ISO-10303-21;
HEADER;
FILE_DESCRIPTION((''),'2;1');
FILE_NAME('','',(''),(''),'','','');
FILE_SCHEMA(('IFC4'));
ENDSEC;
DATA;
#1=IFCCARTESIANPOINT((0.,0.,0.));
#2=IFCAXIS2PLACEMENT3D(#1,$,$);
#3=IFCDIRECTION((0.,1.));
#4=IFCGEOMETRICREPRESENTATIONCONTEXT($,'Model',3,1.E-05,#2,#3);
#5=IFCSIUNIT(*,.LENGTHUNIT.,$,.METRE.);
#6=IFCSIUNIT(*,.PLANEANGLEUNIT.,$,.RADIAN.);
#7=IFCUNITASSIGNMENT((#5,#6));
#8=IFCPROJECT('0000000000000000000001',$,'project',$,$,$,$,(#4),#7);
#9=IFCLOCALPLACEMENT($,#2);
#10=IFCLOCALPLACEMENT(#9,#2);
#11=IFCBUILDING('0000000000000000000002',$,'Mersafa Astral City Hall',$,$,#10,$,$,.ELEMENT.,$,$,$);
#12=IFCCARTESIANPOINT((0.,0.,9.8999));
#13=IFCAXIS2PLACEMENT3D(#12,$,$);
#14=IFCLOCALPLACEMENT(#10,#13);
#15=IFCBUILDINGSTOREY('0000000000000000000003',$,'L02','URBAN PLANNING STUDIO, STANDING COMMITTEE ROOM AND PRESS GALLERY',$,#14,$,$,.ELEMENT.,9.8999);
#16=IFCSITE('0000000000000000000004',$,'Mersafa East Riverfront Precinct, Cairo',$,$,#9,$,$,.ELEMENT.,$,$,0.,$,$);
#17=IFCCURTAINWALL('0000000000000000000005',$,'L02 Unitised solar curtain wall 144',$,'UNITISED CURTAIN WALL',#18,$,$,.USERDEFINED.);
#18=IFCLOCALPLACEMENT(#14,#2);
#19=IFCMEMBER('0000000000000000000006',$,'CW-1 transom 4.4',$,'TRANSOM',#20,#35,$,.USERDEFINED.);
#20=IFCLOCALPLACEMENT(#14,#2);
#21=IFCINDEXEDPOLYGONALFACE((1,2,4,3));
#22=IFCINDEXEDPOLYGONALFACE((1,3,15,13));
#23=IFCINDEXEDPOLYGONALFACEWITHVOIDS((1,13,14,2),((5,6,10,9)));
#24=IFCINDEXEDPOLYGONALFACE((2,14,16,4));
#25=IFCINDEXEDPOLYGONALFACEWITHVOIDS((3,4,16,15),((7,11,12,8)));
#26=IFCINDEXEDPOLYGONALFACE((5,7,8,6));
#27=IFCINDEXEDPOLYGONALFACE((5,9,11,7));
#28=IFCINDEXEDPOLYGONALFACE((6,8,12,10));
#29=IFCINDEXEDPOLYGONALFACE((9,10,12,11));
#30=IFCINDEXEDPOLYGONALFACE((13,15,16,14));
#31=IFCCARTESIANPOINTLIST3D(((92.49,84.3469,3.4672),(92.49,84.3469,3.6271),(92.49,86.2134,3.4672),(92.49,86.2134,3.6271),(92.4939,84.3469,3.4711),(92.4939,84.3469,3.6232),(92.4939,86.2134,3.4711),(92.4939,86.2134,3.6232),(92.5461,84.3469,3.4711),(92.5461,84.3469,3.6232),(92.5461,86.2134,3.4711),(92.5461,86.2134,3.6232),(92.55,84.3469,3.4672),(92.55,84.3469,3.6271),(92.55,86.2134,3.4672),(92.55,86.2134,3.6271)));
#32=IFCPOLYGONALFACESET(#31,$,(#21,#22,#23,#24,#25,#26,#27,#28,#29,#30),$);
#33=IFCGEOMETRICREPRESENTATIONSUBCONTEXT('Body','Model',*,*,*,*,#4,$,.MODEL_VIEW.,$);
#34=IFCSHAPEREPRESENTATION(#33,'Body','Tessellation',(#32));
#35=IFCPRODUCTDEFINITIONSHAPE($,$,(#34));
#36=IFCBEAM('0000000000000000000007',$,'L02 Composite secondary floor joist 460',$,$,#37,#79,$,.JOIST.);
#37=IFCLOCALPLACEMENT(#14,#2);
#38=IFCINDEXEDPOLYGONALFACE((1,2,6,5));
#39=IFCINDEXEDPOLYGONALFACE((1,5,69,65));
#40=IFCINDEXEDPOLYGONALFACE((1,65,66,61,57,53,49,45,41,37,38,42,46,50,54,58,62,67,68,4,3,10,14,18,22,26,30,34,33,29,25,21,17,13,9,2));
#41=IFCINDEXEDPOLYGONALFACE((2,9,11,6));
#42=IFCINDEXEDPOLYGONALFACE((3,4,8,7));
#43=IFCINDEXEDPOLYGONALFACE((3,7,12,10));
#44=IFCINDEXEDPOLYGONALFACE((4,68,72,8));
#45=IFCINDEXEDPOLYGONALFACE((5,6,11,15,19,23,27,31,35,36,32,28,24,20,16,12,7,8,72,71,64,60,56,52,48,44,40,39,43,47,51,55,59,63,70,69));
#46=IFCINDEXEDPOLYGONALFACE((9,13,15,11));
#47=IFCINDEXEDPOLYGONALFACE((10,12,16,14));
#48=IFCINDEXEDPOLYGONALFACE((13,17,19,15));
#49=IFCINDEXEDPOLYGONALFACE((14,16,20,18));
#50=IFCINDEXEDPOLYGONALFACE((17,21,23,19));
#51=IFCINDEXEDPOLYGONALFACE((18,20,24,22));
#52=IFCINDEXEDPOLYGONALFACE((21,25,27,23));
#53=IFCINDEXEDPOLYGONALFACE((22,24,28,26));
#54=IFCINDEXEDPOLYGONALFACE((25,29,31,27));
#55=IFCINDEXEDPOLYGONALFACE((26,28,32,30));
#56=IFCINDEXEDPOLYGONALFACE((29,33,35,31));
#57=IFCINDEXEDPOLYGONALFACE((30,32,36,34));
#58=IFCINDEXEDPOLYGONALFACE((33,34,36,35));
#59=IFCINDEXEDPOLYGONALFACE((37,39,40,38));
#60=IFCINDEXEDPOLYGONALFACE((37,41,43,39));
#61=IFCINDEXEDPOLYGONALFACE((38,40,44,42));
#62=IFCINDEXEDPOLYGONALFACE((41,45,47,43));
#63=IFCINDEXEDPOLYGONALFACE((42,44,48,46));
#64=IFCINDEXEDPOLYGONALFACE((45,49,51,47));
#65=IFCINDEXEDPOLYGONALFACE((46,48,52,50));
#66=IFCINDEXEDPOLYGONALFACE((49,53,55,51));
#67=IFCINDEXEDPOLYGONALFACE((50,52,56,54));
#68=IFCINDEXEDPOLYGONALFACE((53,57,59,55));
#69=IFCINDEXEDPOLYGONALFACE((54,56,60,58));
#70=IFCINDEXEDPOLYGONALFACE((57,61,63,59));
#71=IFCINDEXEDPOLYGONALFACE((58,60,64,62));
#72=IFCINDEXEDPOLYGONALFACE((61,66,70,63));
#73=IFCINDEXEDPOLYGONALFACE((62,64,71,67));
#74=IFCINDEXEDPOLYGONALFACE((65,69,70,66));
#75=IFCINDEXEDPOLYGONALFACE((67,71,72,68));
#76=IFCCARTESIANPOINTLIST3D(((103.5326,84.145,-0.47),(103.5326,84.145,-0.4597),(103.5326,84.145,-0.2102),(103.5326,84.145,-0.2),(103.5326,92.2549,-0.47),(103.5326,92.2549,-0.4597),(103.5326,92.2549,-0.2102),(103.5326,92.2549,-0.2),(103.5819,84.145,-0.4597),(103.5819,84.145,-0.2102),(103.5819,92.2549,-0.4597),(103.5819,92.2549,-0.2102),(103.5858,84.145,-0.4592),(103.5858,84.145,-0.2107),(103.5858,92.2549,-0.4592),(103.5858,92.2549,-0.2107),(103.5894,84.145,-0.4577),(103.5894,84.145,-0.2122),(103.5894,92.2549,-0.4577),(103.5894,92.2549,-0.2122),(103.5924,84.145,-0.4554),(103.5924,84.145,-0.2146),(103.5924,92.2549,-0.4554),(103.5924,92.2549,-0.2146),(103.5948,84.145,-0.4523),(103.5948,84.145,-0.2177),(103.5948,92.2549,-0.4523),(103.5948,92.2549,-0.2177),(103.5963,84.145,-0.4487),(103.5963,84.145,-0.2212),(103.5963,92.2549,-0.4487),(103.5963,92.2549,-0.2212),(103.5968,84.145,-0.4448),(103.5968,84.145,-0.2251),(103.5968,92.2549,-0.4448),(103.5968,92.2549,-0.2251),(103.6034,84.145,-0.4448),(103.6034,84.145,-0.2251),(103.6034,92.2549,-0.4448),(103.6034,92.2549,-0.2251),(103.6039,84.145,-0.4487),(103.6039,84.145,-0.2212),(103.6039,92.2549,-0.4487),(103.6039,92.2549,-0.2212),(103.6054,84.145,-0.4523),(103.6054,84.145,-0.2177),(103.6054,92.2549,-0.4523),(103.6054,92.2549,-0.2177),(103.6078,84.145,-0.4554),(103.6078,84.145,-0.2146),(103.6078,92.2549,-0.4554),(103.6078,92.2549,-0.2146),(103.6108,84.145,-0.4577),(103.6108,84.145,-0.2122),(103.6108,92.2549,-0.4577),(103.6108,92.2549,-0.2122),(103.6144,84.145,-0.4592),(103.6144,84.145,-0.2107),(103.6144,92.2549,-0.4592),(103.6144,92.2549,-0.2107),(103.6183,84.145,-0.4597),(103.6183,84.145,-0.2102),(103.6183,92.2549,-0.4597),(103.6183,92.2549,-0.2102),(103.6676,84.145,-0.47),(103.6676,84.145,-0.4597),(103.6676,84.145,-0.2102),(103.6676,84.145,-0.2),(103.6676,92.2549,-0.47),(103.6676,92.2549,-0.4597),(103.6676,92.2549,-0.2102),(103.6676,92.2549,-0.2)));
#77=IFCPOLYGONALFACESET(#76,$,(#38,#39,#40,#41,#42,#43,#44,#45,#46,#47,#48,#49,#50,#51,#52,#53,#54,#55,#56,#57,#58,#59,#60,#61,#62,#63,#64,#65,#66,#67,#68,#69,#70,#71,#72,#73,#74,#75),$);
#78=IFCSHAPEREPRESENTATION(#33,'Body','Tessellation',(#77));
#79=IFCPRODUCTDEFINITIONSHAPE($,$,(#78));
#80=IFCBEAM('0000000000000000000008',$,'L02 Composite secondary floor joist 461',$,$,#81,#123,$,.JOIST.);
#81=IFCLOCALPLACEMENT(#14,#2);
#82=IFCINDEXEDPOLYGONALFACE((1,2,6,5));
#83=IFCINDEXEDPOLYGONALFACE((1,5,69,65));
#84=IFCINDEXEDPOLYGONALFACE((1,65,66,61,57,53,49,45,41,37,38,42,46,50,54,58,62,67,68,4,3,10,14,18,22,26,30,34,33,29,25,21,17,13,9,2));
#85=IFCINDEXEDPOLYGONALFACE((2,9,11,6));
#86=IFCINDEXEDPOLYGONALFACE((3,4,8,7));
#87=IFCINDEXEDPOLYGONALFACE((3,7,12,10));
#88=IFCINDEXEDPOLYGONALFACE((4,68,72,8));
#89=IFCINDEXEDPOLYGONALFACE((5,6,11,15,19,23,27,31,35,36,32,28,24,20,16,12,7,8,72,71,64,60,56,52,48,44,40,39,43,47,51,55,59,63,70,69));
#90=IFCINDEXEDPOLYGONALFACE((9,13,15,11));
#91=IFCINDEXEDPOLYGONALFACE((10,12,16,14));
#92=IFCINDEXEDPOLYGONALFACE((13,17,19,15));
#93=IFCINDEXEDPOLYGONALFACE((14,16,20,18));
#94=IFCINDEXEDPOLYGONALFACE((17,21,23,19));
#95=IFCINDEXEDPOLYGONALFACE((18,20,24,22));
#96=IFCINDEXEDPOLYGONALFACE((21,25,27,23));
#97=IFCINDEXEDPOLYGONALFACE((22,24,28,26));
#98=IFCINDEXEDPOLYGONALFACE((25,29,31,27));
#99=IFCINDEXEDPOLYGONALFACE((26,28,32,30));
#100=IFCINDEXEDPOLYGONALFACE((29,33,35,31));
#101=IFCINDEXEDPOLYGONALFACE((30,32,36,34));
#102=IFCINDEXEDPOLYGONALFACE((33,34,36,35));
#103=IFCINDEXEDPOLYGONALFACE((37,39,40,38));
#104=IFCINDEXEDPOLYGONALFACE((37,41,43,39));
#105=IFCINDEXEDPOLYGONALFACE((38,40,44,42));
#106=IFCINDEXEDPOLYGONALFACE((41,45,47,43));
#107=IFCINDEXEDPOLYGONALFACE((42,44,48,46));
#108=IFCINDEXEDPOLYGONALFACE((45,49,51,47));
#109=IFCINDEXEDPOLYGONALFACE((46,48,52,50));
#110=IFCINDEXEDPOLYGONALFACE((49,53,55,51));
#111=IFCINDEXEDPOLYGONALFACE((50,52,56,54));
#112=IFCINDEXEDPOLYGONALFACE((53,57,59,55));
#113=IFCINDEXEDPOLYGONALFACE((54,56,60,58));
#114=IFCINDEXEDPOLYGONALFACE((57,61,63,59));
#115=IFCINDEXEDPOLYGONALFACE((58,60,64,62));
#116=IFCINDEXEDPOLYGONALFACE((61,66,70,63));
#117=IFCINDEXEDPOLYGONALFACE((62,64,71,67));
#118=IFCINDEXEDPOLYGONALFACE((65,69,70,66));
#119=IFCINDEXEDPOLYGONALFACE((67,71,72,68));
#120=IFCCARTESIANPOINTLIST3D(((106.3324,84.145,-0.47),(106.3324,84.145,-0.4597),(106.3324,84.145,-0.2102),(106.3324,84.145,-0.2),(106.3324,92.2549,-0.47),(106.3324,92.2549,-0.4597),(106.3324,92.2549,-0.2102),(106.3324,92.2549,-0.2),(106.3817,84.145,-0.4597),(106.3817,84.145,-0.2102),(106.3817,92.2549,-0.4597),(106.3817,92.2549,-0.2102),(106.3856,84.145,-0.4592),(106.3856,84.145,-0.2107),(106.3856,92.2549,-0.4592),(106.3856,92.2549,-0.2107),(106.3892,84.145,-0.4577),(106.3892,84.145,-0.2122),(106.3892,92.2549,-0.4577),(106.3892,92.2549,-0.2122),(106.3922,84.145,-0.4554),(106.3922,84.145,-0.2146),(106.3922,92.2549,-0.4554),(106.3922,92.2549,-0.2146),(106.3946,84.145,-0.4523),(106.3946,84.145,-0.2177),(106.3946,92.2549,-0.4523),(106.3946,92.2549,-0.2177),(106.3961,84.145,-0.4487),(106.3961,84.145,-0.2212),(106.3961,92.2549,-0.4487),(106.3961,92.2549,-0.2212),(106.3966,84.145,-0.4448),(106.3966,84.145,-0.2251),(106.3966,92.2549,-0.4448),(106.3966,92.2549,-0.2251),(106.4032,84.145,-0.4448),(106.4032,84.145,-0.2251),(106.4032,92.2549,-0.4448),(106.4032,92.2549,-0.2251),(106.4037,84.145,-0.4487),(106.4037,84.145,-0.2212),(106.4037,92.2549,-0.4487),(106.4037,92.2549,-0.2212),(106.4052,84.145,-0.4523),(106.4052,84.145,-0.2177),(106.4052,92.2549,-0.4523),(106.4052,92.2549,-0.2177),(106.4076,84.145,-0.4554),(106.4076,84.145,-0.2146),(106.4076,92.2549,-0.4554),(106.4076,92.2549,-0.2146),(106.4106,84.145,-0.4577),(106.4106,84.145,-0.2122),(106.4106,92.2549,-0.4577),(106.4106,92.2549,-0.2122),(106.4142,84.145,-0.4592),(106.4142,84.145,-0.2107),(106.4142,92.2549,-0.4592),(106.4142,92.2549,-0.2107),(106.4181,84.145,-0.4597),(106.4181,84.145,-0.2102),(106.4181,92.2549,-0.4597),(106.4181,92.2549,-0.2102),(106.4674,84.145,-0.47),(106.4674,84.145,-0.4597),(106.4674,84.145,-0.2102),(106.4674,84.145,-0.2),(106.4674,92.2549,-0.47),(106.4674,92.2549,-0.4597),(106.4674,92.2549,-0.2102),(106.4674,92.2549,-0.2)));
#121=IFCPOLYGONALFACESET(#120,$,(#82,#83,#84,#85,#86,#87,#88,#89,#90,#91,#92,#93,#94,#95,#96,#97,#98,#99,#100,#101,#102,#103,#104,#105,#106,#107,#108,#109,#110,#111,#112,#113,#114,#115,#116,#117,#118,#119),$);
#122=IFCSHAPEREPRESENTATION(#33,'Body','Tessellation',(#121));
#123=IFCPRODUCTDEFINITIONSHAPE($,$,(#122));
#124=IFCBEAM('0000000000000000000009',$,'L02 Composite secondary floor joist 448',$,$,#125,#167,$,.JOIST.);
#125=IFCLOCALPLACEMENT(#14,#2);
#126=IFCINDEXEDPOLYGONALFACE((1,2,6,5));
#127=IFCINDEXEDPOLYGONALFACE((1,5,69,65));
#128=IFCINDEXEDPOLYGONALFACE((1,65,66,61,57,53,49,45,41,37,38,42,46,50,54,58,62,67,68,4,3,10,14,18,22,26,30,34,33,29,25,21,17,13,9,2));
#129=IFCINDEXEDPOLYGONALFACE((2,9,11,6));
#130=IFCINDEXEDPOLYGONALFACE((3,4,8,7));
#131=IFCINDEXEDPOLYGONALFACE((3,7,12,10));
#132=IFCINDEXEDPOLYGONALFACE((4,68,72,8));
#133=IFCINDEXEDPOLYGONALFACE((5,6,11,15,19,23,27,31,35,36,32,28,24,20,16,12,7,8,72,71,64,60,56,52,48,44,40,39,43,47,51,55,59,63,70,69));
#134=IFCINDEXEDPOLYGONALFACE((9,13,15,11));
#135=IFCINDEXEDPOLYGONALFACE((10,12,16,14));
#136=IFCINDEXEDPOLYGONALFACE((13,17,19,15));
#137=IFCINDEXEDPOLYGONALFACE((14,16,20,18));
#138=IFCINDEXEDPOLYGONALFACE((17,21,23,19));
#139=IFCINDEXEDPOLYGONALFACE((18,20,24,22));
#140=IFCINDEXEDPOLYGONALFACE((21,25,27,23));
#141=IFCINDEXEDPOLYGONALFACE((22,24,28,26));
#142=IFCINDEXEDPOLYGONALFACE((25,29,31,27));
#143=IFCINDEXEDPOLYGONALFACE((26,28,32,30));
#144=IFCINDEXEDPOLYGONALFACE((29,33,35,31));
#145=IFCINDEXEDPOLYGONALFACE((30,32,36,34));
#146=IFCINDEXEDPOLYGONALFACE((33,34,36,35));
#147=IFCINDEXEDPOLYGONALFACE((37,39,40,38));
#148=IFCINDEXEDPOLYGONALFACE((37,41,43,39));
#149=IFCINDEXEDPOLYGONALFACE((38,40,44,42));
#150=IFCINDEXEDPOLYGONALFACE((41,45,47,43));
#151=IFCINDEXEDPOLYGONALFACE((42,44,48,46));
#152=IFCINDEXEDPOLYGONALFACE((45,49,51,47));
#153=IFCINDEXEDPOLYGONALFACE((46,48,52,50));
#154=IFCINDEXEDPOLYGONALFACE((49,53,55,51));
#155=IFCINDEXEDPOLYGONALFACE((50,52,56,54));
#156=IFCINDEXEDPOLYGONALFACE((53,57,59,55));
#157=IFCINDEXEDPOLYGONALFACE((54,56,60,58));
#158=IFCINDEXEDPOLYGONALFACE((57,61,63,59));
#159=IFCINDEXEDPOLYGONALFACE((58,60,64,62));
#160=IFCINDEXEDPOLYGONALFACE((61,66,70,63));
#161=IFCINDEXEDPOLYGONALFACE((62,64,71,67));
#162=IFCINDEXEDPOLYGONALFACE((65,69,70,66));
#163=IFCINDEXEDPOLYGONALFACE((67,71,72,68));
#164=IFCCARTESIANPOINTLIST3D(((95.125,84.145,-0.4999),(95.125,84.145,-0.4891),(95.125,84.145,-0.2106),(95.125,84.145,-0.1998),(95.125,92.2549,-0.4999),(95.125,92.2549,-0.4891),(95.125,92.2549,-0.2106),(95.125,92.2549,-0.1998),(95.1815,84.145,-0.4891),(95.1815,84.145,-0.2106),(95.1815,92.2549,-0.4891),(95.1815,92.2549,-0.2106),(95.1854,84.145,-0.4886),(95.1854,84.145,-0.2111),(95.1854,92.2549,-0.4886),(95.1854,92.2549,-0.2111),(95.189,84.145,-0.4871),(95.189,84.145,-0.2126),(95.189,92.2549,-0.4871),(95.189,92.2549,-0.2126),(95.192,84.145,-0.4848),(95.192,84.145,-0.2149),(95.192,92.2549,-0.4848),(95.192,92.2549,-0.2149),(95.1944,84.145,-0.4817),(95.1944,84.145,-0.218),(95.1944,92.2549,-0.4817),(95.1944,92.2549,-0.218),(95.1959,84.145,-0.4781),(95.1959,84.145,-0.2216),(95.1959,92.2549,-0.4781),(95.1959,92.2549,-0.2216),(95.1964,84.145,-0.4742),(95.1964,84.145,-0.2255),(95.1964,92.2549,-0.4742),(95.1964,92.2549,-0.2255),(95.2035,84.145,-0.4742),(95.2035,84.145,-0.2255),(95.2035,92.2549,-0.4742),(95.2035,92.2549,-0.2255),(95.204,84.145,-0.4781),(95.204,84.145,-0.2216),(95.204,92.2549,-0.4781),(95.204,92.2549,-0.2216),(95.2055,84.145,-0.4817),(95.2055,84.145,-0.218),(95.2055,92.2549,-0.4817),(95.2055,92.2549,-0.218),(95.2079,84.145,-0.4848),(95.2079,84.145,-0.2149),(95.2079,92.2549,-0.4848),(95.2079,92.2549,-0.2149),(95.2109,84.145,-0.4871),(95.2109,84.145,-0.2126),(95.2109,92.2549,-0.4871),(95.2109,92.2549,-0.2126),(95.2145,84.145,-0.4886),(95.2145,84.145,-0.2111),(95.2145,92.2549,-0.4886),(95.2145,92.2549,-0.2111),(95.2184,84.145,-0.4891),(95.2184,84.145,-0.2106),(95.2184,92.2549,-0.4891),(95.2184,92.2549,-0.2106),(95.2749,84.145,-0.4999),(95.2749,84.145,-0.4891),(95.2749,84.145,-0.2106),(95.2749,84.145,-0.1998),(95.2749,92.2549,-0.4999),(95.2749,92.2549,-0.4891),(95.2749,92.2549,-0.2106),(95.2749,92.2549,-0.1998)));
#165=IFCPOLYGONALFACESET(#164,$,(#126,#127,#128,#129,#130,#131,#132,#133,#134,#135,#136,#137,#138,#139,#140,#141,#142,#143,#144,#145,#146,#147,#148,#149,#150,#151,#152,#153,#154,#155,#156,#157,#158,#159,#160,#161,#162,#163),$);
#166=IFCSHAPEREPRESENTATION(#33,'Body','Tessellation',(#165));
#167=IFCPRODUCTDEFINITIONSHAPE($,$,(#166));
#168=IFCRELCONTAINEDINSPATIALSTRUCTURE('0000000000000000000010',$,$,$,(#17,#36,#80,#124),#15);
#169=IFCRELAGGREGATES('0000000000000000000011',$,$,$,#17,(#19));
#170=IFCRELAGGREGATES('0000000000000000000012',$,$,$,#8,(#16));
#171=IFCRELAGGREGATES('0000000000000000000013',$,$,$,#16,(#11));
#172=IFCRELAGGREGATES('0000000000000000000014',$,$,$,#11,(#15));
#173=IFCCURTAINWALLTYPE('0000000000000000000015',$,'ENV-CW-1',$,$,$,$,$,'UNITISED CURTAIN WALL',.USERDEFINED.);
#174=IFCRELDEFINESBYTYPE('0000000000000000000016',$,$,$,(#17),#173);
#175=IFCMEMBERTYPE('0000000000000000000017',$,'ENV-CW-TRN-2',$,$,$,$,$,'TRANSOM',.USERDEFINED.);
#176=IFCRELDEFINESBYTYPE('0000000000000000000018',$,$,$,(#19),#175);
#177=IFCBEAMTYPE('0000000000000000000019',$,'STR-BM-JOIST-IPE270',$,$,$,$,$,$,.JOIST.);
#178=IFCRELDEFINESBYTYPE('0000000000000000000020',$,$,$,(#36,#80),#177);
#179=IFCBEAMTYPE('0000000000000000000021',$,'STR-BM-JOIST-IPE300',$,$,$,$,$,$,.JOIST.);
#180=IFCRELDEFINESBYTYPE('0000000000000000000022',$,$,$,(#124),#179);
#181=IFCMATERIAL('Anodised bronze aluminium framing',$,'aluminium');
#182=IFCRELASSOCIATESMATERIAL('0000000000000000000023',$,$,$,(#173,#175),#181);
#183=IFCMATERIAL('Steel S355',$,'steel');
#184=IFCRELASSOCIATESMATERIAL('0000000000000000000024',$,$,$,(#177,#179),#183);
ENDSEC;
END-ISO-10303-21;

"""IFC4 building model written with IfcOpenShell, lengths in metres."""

from ifc_helpers import new_model, si_unit, direction, frame, origin, origin_2d, place, context, subcontext, project, spatial, hollow_rectangle, i_section, extrude, material, material_profile, profile_set, type_object, element, aggregate, save


model = new_model("IFC4")

# Units and contexts
model_context = context("Model", 3, precision=1e-05, world=origin(), true_north=direction((0.0, 1.0)))
body_context = subcontext(model_context, "Body", "Model", "MODEL_VIEW")
ifc_project = project(units=[si_unit("LENGTHUNIT", "METRE"), si_unit("PLANEANGLEUNIT", "RADIAN")], contexts=[model_context])

# Site, building, storey
site_placement = place(None, origin())
site = spatial("IfcSite", under=ifc_project, at=site_placement, Name="Mersafa East Riverfront Precinct, Cairo", CompositionType="ELEMENT", RefElevation=0.0)
building_placement = place(site_placement, origin())
building = spatial("IfcBuilding", under=site, at=building_placement, Name="Mersafa Astral City Hall", CompositionType="ELEMENT")
storey_placement = place(building_placement, frame((0.0, 0.0, 9.8999)))
storey = spatial("IfcBuildingStorey", under=building, at=storey_placement, Name="L02", Description="URBAN PLANNING STUDIO, STANDING COMMITTEE ROOM AND PRESS GALLERY", CompositionType="ELEMENT", Elevation=9.8999)

# Curtain wall, member
ifc_material_1 = material(Name="Anodised bronze aluminium framing", Category="aluminium")
curtain_wall_type = type_object("IfcCurtainWallType", Name="ENV-CW-1", ElementType="UNITISED CURTAIN WALL", PredefinedType="USERDEFINED", material=ifc_material_1)
curtain_wall_placement = place(storey_placement, origin())
curtain_wall = element("IfcCurtainWall", 1, at=curtain_wall_placement, inside=storey, type_object=curtain_wall_type, Name="L02 Unitised solar curtain wall 144", ObjectType="UNITISED CURTAIN WALL", PredefinedType="USERDEFINED")
ifc_material_profile_1 = material_profile(ifc_material_1, hollow_rectangle(XDim=0.0601, YDim=0.1599, WallThickness=0.0039, at=origin_2d()), Name="RHS 60x160x4")
ifc_profile_set_1 = profile_set([ifc_material_profile_1], Name="Anodised bronze aluminium framing")
member_type_1 = type_object("IfcMemberType", Name="ENV-CW-TRN-2", ElementType="TRANSOM", PredefinedType="USERDEFINED", material=ifc_profile_set_1)
member_1_placement = place(storey_placement, frame((92.52, 86.2134, 3.5471), z_axis=(0.0, -1.0, 0.0), x_axis=(1.0, 0.0, 0.0)))
member_1 = element("IfcMember", 2, at=member_1_placement, type_object=member_type_1, Name="CW-1 transom 4.4", ObjectType="TRANSOM", PredefinedType="USERDEFINED", context=body_context, shape_type="SweptSolid", body=[
    extrude(hollow_rectangle(XDim=0.0601, YDim=0.1599, WallThickness=0.0039, at=origin_2d()), origin(), (0.0, 0.0, 1.0), 1.8665),
])

# Beams
ifc_material_2 = material(Name="Steel S355", Category="steel")
ifc_material_profile_2 = material_profile(ifc_material_2, i_section(OverallWidth=0.135, OverallDepth=0.27, WebThickness=0.0066, FlangeThickness=0.0103, FilletRadius=0.0149, at=origin_2d()), Name="IPE 270")
ifc_profile_set_2 = profile_set([ifc_material_profile_2], Name="Steel S355")
beam_type_1 = type_object("IfcBeamType", Name="STR-BM-JOIST-IPE270", PredefinedType="JOIST", material=ifc_profile_set_2)
for number, where, z_axis, x_axis, name in (
    (3, (103.6001, 84.145, -0.335), (0.0, 1.0, 0.0), (-1.0, 0.0, 0.0), "L02 Composite secondary floor joist 460"),
    (4, (106.3999, 84.145, -0.335), (0.0, 1.0, 0.0), (-1.0, 0.0, 0.0), "L02 Composite secondary floor joist 461"),
):
    element("IfcBeam", number, at=place(storey_placement, frame(where, z_axis=z_axis, x_axis=x_axis)), inside=storey, type_object=beam_type_1, Name=name, PredefinedType="JOIST", context=body_context, shape_type="SweptSolid", body=[
        extrude(i_section(OverallWidth=0.135, OverallDepth=0.27, WebThickness=0.0066, FlangeThickness=0.0103, FilletRadius=0.0149, at=origin_2d()), origin(), (0.0, 0.0, 1.0), 8.1099),
    ])
ifc_material_profile_3 = material_profile(ifc_material_2, i_section(OverallWidth=0.1499, OverallDepth=0.3, WebThickness=0.0071, FlangeThickness=0.0107, FilletRadius=0.0149, at=origin_2d()), Name="IPE 300")
ifc_profile_set_3 = profile_set([ifc_material_profile_3], Name="Steel S355")
beam_type_2 = type_object("IfcBeamType", Name="STR-BM-JOIST-IPE300", PredefinedType="JOIST", material=ifc_profile_set_3)
for number, where, z_axis, x_axis, name in (
    (5, (95.2, 84.145, -0.3499), (0.0, 1.0, 0.0), (-1.0, 0.0, 0.0), "L02 Composite secondary floor joist 448"),
):
    element("IfcBeam", number, at=place(storey_placement, frame(where, z_axis=z_axis, x_axis=x_axis)), inside=storey, type_object=beam_type_2, Name=name, PredefinedType="JOIST", context=body_context, shape_type="SweptSolid", body=[
        extrude(i_section(OverallWidth=0.1499, OverallDepth=0.3, WebThickness=0.0071, FlangeThickness=0.0107, FilletRadius=0.0149, at=origin_2d()), origin(), (0.0, 0.0, 1.0), 8.1099),
    ])

aggregate(curtain_wall, [member_1])

save(model, "model.ifc")
